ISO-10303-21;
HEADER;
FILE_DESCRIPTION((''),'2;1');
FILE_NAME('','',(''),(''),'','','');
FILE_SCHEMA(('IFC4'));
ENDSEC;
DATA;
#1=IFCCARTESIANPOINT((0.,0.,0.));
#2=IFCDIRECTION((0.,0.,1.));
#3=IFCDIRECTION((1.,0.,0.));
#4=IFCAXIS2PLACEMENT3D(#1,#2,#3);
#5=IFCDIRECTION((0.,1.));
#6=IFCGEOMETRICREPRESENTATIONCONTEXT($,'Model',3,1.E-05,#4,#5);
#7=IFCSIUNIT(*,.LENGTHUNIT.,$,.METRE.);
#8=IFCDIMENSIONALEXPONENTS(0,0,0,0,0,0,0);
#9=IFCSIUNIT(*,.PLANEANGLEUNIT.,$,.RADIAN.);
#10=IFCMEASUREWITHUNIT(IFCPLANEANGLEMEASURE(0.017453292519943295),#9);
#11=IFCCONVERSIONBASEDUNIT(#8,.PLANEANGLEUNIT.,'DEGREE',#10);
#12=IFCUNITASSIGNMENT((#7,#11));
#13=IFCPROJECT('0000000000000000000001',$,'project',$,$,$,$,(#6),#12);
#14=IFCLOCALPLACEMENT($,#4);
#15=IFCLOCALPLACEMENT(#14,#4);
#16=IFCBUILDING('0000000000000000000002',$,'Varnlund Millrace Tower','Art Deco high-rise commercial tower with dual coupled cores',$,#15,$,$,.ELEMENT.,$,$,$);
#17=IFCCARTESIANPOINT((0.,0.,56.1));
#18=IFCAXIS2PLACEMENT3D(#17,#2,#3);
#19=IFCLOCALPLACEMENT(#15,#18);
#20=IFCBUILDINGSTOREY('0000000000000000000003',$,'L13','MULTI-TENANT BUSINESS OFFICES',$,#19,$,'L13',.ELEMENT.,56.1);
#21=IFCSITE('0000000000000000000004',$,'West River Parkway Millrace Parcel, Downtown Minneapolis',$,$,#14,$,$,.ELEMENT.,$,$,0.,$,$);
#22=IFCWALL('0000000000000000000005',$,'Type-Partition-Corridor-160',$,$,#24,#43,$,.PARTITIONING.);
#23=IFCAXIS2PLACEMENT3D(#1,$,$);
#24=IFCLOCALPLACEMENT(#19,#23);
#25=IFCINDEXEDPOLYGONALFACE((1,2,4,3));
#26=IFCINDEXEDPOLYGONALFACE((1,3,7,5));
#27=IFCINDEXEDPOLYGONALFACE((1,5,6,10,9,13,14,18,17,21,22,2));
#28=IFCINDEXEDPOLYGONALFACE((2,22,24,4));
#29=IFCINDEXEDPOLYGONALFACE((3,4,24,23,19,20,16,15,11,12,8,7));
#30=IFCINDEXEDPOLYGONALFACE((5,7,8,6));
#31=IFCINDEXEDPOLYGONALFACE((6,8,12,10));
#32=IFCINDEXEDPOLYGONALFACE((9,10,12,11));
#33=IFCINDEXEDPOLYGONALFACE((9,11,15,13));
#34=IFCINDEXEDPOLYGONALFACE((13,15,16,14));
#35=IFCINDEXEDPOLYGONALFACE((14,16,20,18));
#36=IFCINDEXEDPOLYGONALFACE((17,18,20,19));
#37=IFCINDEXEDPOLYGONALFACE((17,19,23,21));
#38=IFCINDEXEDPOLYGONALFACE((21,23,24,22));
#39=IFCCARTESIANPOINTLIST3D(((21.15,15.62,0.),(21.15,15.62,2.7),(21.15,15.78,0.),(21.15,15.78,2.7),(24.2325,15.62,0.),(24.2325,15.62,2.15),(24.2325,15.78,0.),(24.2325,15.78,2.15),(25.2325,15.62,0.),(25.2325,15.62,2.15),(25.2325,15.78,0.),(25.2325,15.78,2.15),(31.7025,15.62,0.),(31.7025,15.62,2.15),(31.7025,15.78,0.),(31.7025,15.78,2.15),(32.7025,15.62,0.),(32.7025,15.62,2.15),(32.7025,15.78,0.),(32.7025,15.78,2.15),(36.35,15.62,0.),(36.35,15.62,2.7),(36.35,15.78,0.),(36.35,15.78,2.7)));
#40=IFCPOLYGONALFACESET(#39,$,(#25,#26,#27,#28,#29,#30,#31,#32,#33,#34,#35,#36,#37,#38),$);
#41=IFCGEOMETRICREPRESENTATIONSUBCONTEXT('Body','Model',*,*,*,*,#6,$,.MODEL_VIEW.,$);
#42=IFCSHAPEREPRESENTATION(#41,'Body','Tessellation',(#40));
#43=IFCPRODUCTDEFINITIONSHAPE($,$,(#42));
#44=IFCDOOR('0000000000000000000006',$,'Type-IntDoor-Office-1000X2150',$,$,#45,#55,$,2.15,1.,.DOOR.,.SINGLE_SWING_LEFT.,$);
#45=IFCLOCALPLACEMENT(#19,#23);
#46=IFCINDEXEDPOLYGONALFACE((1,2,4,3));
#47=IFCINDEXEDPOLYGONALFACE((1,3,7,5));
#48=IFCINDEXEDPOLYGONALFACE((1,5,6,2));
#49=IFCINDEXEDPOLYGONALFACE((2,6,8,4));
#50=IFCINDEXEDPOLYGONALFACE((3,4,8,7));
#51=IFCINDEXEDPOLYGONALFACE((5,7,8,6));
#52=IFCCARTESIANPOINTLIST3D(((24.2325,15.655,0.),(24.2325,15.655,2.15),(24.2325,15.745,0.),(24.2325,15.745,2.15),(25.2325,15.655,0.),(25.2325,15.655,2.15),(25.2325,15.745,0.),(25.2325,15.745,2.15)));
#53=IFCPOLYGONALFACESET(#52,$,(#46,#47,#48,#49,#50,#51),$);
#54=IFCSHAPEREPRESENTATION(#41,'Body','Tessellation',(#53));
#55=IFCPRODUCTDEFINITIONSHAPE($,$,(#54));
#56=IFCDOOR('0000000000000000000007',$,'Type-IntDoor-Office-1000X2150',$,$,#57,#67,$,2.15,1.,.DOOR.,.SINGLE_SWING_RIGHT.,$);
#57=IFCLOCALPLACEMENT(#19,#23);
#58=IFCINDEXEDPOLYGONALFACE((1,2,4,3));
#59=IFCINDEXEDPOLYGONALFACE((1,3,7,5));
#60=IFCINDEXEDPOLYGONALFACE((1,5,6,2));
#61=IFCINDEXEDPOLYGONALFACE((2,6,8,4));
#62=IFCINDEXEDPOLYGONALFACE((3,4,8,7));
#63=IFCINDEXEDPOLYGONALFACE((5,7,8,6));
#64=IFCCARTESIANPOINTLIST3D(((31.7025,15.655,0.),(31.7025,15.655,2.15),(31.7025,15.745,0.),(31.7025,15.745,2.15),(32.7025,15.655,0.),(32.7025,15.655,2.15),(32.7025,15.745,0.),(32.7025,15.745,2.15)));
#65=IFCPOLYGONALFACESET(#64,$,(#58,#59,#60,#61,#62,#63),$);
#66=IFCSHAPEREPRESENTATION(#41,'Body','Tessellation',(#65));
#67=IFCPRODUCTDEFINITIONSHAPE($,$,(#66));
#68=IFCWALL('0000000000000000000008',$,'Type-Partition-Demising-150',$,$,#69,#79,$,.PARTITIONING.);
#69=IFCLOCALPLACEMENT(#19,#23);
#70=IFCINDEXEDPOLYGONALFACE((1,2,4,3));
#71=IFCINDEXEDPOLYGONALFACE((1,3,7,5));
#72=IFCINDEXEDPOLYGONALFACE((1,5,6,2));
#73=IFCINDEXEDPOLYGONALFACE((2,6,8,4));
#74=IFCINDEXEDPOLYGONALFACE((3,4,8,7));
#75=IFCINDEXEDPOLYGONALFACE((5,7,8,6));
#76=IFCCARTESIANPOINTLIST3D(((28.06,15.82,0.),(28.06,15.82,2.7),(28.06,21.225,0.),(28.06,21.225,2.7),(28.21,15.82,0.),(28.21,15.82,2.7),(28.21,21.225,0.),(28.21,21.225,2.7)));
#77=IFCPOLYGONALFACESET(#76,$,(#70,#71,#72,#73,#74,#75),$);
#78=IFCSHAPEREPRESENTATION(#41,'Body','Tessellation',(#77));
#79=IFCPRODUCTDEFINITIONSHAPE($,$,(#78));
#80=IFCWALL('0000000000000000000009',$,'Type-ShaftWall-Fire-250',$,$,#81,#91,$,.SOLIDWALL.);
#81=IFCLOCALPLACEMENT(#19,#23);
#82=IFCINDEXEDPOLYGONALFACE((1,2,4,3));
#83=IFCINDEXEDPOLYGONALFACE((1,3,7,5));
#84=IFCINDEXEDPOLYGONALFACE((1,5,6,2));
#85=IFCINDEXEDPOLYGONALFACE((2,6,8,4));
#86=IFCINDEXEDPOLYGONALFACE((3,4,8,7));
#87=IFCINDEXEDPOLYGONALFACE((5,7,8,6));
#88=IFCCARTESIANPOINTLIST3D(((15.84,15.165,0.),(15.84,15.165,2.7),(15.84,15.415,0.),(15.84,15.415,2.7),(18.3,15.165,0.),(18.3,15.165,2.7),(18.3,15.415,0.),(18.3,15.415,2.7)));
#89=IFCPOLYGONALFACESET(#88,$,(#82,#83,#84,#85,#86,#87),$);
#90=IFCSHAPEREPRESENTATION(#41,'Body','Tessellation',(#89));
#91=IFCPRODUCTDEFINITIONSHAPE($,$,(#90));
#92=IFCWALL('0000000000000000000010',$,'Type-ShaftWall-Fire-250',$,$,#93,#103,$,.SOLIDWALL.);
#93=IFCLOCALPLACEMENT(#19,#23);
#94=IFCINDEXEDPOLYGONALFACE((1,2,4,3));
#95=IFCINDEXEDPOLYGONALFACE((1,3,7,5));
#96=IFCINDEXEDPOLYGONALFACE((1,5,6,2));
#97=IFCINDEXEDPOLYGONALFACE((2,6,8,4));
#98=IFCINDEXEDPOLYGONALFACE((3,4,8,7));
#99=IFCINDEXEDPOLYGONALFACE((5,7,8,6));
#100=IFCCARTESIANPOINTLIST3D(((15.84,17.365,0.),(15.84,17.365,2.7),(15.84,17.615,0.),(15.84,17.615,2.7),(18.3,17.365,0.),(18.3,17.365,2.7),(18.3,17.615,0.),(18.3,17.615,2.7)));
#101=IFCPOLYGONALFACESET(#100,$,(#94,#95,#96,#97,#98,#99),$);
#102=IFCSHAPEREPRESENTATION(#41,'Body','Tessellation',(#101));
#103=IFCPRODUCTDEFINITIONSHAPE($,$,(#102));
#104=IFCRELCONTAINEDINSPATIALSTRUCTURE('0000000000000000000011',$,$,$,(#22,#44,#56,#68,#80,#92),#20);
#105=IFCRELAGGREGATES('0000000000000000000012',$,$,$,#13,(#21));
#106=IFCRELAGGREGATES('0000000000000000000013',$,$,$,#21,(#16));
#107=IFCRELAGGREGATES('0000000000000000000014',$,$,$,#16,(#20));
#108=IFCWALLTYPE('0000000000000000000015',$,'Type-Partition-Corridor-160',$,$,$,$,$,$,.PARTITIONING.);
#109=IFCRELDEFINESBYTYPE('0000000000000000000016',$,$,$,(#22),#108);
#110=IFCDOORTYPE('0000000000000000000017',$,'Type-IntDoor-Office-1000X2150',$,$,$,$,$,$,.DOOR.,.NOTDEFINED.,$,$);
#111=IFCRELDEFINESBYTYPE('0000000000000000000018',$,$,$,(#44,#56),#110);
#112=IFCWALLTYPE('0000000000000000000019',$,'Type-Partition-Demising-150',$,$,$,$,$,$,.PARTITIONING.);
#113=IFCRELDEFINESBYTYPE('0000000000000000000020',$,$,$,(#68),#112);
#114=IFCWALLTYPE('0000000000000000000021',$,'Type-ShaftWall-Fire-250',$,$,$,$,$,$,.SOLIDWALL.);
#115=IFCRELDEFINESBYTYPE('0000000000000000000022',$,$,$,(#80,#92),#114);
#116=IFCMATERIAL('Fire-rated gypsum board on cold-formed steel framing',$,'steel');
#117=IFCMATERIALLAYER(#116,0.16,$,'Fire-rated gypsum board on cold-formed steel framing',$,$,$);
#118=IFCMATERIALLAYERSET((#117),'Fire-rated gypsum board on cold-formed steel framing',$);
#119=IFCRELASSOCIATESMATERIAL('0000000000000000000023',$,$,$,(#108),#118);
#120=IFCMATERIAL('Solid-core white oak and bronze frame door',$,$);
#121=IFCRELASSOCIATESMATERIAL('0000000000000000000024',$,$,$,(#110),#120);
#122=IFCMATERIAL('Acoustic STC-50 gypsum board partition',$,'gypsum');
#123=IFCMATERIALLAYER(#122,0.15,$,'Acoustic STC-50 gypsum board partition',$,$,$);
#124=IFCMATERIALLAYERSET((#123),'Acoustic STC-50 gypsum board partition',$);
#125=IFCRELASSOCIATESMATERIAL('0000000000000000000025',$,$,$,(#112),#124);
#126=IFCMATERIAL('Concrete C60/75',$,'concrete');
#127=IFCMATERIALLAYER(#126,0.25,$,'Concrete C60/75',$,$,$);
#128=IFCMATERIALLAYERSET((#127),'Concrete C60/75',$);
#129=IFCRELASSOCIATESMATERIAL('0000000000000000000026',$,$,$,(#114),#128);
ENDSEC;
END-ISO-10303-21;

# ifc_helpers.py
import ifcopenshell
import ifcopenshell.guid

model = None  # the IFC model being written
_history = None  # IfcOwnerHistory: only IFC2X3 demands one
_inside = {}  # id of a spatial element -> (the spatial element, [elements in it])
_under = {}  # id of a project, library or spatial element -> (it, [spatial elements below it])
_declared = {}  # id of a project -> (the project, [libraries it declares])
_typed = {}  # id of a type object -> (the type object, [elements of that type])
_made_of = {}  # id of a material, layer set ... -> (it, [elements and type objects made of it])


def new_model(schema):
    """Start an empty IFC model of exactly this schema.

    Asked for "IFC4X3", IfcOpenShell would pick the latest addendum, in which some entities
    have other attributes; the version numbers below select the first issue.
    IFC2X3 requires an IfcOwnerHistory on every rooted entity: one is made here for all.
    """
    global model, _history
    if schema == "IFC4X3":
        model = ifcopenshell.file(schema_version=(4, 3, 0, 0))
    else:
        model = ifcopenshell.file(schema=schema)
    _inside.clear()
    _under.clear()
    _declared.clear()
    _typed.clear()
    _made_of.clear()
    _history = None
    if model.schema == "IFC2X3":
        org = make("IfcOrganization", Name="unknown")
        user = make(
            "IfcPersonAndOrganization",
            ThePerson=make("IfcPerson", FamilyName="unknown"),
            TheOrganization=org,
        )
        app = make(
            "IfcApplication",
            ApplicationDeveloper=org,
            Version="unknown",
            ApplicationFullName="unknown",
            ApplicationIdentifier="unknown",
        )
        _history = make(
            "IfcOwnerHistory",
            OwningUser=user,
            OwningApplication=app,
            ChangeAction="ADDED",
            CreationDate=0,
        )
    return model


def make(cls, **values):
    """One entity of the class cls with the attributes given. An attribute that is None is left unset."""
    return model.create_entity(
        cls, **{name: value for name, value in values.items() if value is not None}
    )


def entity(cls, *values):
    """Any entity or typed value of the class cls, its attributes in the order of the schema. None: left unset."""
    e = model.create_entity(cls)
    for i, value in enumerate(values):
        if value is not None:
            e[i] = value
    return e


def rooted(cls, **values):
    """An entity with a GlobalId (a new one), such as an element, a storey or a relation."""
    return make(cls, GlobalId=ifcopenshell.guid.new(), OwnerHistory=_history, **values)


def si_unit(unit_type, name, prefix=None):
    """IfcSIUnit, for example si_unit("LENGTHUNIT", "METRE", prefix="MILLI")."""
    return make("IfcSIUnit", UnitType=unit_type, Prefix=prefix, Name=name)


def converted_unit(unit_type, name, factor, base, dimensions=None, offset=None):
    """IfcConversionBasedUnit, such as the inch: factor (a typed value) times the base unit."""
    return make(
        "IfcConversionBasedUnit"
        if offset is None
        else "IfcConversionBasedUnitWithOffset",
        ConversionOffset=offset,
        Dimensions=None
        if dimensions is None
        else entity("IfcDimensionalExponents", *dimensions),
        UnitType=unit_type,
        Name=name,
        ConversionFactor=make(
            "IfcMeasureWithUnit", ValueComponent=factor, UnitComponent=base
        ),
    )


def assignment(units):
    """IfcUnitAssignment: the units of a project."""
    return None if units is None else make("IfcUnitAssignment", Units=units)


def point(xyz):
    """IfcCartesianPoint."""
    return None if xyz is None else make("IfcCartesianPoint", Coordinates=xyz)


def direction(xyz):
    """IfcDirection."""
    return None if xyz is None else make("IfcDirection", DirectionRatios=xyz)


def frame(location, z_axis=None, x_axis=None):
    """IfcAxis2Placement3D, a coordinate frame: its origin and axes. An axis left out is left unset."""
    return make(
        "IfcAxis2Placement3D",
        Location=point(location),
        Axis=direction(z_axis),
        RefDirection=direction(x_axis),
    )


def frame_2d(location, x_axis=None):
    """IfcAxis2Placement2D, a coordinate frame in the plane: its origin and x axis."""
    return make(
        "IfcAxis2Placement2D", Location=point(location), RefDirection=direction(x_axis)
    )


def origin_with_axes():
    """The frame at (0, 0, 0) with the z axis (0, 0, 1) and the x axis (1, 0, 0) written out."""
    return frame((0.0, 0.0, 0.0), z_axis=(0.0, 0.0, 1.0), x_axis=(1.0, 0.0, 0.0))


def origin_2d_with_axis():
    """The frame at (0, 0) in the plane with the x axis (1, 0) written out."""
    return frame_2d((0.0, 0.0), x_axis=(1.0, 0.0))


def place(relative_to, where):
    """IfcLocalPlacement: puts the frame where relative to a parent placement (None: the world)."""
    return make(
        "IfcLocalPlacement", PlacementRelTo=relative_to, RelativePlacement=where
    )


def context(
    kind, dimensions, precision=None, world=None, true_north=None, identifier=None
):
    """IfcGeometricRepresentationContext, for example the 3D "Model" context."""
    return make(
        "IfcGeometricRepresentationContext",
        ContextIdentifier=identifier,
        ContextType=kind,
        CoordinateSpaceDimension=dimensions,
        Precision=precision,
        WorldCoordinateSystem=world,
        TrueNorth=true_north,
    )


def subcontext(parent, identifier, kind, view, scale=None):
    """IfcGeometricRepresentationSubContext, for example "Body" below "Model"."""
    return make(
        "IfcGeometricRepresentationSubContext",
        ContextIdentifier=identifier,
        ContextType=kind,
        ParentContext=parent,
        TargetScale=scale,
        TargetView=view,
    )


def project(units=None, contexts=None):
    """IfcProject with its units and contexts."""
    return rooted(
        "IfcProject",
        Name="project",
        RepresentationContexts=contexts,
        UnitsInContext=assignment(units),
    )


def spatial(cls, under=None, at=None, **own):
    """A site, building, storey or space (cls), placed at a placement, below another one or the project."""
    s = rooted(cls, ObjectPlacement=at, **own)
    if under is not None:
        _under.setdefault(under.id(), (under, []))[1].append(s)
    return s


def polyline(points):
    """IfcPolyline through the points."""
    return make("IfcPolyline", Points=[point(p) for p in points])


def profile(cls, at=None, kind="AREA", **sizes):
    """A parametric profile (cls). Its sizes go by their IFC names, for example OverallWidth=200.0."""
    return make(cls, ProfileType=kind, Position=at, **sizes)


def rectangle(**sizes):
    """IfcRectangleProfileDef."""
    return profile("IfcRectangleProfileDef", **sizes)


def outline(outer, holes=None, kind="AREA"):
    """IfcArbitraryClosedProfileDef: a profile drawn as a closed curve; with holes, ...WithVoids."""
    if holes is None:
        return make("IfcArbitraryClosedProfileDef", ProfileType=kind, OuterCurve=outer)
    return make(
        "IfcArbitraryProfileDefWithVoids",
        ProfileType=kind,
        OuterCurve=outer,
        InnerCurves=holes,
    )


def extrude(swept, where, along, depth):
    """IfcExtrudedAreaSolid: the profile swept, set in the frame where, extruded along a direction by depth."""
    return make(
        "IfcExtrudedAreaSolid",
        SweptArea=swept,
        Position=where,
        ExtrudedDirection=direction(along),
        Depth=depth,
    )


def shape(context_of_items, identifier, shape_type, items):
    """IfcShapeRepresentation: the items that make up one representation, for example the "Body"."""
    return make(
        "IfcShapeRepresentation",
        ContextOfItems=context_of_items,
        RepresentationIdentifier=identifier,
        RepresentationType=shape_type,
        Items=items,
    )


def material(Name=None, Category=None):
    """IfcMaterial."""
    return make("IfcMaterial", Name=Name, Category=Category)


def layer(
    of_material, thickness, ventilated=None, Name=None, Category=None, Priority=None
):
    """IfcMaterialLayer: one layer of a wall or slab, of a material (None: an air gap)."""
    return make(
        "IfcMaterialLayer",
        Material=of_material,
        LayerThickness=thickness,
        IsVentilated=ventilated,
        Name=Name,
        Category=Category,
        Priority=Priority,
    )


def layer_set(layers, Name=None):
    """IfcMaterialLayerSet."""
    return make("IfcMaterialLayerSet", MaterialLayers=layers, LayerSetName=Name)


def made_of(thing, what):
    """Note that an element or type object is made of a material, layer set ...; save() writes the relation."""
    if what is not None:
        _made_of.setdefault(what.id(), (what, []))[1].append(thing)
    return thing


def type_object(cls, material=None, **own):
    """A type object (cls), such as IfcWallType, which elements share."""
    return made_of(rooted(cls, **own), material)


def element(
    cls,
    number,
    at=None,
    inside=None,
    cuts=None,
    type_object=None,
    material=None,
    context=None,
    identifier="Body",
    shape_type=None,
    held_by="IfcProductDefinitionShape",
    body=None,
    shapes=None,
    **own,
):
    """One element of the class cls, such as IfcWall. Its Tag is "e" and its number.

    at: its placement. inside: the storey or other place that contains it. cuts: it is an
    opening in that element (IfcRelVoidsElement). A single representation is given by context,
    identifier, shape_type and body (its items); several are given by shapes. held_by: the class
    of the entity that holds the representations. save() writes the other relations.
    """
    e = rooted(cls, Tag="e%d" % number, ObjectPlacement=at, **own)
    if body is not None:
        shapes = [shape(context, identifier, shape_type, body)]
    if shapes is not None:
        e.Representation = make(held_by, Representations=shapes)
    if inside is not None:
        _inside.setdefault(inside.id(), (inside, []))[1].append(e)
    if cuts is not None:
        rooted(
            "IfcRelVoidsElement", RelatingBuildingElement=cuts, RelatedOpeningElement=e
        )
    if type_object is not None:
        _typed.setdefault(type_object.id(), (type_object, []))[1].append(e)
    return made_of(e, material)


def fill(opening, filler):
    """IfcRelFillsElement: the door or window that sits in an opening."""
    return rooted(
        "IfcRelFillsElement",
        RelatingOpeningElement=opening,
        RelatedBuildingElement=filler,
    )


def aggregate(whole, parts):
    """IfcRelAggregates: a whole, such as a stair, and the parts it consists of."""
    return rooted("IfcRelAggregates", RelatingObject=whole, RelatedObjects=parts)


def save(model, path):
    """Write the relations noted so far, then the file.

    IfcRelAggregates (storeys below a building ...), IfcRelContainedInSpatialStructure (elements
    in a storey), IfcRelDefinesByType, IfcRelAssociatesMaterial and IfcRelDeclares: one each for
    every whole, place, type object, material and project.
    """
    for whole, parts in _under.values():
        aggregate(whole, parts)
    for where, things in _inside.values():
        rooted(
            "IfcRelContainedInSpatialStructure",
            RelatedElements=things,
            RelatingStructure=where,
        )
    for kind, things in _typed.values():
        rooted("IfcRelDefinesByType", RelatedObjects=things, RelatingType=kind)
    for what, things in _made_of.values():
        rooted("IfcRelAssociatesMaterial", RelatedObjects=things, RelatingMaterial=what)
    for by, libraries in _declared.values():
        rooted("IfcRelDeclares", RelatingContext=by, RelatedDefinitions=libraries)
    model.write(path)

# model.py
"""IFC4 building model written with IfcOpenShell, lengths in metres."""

from ifc_helpers import new_model, entity, si_unit, converted_unit, direction, frame, origin_with_axes, origin_2d_with_axis, place, context, subcontext, project, spatial, polyline, rectangle, outline, extrude, material, layer, layer_set, type_object, element, fill, save


model = new_model("IFC4")

# Units and contexts
model_context = context("Model", 3, precision=1e-05, world=origin_with_axes(), true_north=direction((0.0, 1.0)))
body_context = subcontext(model_context, "Body", "Model", "MODEL_VIEW")
ifc_project = project(units=[si_unit("LENGTHUNIT", "METRE"), converted_unit("PLANEANGLEUNIT", "DEGREE", entity("IfcPlaneAngleMeasure", 0.017453292519943295), si_unit("PLANEANGLEUNIT", "RADIAN"), dimensions=[0, 0, 0, 0, 0, 0, 0])], contexts=[model_context])

# Site, building, storey
site_placement = place(None, origin_with_axes())
site = spatial("IfcSite", under=ifc_project, at=site_placement, Name="West River Parkway Millrace Parcel, Downtown Minneapolis", CompositionType="ELEMENT", RefElevation=0.0)
building_placement = place(site_placement, origin_with_axes())
building = spatial("IfcBuilding", under=site, at=building_placement, Name="Varnlund Millrace Tower", Description="Art Deco high-rise commercial tower with dual coupled cores", CompositionType="ELEMENT")
storey_placement = place(building_placement, frame((0.0, 0.0, 56.1), z_axis=(0.0, 0.0, 1.0), x_axis=(1.0, 0.0, 0.0)))
storey = spatial("IfcBuildingStorey", under=building, at=storey_placement, Name="L13", Description="MULTI-TENANT BUSINESS OFFICES", LongName="L13", CompositionType="ELEMENT", Elevation=56.1)

# Wall, openings, doors
ifc_material_1 = material(Name="Fire-rated gypsum board on cold-formed steel framing", Category="steel")
ifc_layer_1 = layer(ifc_material_1, 0.16, Name="Fire-rated gypsum board on cold-formed steel framing")
ifc_layer_set_1 = layer_set([ifc_layer_1], Name="Fire-rated gypsum board on cold-formed steel framing")
wall_type_1 = type_object("IfcWallType", Name="Type-Partition-Corridor-160", PredefinedType="PARTITIONING", material=ifc_layer_set_1)
wall_1_placement = place(storey_placement, frame((21.15, 15.7, 0.0), z_axis=(0.0, 0.0, 1.0), x_axis=(1.0, 0.0, 0.0)))
wall_1 = element("IfcWall", 1, at=wall_1_placement, inside=storey, type_object=wall_type_1, Name="Type-Partition-Corridor-160", PredefinedType="PARTITIONING", context=body_context, shape_type="SweptSolid", body=[
    extrude(outline(polyline([(0.0, -0.08), (15.2, -0.08), (15.2, 0.08), (0.0, 0.08), (0.0, -0.08)])), origin_with_axes(), (0.0, 0.0, 1.0), 2.7),
])
opening_1_placement = place(wall_1_placement, frame((3.5825, 0.0, 0.0), z_axis=(0.0, 0.0, 1.0), x_axis=(1.0, 0.0, 0.0)))
opening_1 = element("IfcOpeningElement", 2, at=opening_1_placement, cuts=wall_1, PredefinedType="OPENING", context=body_context, shape_type="SweptSolid", body=[
    extrude(rectangle(XDim=1.0, YDim=0.18, at=origin_2d_with_axis()), origin_with_axes(), (0.0, 0.0, 1.0), 2.15),
])
opening_2_placement = place(wall_1_placement, frame((11.0525, 0.0, 0.0), z_axis=(0.0, 0.0, 1.0), x_axis=(1.0, 0.0, 0.0)))
opening_2 = element("IfcOpeningElement", 3, at=opening_2_placement, cuts=wall_1, PredefinedType="OPENING", context=body_context, shape_type="SweptSolid", body=[
    extrude(rectangle(XDim=1.0, YDim=0.18, at=origin_2d_with_axis()), origin_with_axes(), (0.0, 0.0, 1.0), 2.15),
])
ifc_material_2 = material(Name="Solid-core white oak and bronze frame door")
door_type = type_object("IfcDoorType", Name="Type-IntDoor-Office-1000X2150", OperationType="NOTDEFINED", PredefinedType="DOOR", material=ifc_material_2)
door_1_placement = place(wall_1_placement, frame((3.5825, 0.0, 0.0), z_axis=(0.0, 0.0, 1.0), x_axis=(1.0, 0.0, 0.0)))
door_1 = element("IfcDoor", 4, at=door_1_placement, inside=storey, type_object=door_type, Name="Type-IntDoor-Office-1000X2150", OperationType="SINGLE_SWING_LEFT", OverallHeight=2.15, OverallWidth=1.0, PredefinedType="DOOR", context=body_context, shape_type="SweptSolid", body=[
    extrude(rectangle(XDim=1.0, YDim=0.09, at=origin_2d_with_axis()), origin_with_axes(), (0.0, 0.0, 1.0), 2.15),
])
fill(opening_1, door_1)
door_2_placement = place(wall_1_placement, frame((11.0525, 0.0, 0.0), z_axis=(0.0, 0.0, 1.0), x_axis=(1.0, 0.0, 0.0)))
door_2 = element("IfcDoor", 5, at=door_2_placement, inside=storey, type_object=door_type, Name="Type-IntDoor-Office-1000X2150", OperationType="SINGLE_SWING_RIGHT", OverallHeight=2.15, OverallWidth=1.0, PredefinedType="DOOR", context=body_context, shape_type="SweptSolid", body=[
    extrude(rectangle(XDim=1.0, YDim=0.09, at=origin_2d_with_axis()), origin_with_axes(), (0.0, 0.0, 1.0), 2.15),
])
fill(opening_2, door_2)

# Walls
ifc_material_3 = material(Name="Acoustic STC-50 gypsum board partition", Category="gypsum")
ifc_layer_2 = layer(ifc_material_3, 0.15, Name="Acoustic STC-50 gypsum board partition")
ifc_layer_set_2 = layer_set([ifc_layer_2], Name="Acoustic STC-50 gypsum board partition")
wall_type_2 = type_object("IfcWallType", Name="Type-Partition-Demising-150", PredefinedType="PARTITIONING", material=ifc_layer_set_2)
wall_2_placement = place(storey_placement, frame((28.135, 15.82, 0.0), z_axis=(0.0, 0.0, 1.0), x_axis=(0.0, 1.0, 0.0)))
element("IfcWall", 6, at=wall_2_placement, inside=storey, type_object=wall_type_2, Name="Type-Partition-Demising-150", PredefinedType="PARTITIONING", context=body_context, shape_type="SweptSolid", body=[
    extrude(outline(polyline([(0.0, -0.075), (5.405, -0.075), (5.405, 0.075), (0.0, 0.075), (0.0, -0.075)])), origin_with_axes(), (0.0, 0.0, 1.0), 2.7),
])
ifc_material_4 = material(Name="Concrete C60/75", Category="concrete")
ifc_layer_3 = layer(ifc_material_4, 0.25, Name="Concrete C60/75")
ifc_layer_set_3 = layer_set([ifc_layer_3], Name="Concrete C60/75")
wall_type_3 = type_object("IfcWallType", Name="Type-ShaftWall-Fire-250", PredefinedType="SOLIDWALL", material=ifc_layer_set_3)
for number, where, z_axis, x_axis, name in (
    (7, (15.84, 15.29, 0.0), (0.0, 0.0, 1.0), (1.0, 0.0, 0.0), "Type-ShaftWall-Fire-250"),
    (8, (15.84, 17.49, 0.0), (0.0, 0.0, 1.0), (1.0, 0.0, 0.0), "Type-ShaftWall-Fire-250"),
):
    element("IfcWall", number, at=place(storey_placement, frame(where, z_axis=z_axis, x_axis=x_axis)), inside=storey, type_object=wall_type_3, Name=name, PredefinedType="SOLIDWALL", context=body_context, shape_type="SweptSolid", body=[
        extrude(outline(polyline([(0.0, -0.125), (2.46, -0.125), (2.46, 0.125), (0.0, 0.125), (0.0, -0.125)])), origin_with_axes(), (0.0, 0.0, 1.0), 2.7),
    ])

save(model, "model.ifc")
